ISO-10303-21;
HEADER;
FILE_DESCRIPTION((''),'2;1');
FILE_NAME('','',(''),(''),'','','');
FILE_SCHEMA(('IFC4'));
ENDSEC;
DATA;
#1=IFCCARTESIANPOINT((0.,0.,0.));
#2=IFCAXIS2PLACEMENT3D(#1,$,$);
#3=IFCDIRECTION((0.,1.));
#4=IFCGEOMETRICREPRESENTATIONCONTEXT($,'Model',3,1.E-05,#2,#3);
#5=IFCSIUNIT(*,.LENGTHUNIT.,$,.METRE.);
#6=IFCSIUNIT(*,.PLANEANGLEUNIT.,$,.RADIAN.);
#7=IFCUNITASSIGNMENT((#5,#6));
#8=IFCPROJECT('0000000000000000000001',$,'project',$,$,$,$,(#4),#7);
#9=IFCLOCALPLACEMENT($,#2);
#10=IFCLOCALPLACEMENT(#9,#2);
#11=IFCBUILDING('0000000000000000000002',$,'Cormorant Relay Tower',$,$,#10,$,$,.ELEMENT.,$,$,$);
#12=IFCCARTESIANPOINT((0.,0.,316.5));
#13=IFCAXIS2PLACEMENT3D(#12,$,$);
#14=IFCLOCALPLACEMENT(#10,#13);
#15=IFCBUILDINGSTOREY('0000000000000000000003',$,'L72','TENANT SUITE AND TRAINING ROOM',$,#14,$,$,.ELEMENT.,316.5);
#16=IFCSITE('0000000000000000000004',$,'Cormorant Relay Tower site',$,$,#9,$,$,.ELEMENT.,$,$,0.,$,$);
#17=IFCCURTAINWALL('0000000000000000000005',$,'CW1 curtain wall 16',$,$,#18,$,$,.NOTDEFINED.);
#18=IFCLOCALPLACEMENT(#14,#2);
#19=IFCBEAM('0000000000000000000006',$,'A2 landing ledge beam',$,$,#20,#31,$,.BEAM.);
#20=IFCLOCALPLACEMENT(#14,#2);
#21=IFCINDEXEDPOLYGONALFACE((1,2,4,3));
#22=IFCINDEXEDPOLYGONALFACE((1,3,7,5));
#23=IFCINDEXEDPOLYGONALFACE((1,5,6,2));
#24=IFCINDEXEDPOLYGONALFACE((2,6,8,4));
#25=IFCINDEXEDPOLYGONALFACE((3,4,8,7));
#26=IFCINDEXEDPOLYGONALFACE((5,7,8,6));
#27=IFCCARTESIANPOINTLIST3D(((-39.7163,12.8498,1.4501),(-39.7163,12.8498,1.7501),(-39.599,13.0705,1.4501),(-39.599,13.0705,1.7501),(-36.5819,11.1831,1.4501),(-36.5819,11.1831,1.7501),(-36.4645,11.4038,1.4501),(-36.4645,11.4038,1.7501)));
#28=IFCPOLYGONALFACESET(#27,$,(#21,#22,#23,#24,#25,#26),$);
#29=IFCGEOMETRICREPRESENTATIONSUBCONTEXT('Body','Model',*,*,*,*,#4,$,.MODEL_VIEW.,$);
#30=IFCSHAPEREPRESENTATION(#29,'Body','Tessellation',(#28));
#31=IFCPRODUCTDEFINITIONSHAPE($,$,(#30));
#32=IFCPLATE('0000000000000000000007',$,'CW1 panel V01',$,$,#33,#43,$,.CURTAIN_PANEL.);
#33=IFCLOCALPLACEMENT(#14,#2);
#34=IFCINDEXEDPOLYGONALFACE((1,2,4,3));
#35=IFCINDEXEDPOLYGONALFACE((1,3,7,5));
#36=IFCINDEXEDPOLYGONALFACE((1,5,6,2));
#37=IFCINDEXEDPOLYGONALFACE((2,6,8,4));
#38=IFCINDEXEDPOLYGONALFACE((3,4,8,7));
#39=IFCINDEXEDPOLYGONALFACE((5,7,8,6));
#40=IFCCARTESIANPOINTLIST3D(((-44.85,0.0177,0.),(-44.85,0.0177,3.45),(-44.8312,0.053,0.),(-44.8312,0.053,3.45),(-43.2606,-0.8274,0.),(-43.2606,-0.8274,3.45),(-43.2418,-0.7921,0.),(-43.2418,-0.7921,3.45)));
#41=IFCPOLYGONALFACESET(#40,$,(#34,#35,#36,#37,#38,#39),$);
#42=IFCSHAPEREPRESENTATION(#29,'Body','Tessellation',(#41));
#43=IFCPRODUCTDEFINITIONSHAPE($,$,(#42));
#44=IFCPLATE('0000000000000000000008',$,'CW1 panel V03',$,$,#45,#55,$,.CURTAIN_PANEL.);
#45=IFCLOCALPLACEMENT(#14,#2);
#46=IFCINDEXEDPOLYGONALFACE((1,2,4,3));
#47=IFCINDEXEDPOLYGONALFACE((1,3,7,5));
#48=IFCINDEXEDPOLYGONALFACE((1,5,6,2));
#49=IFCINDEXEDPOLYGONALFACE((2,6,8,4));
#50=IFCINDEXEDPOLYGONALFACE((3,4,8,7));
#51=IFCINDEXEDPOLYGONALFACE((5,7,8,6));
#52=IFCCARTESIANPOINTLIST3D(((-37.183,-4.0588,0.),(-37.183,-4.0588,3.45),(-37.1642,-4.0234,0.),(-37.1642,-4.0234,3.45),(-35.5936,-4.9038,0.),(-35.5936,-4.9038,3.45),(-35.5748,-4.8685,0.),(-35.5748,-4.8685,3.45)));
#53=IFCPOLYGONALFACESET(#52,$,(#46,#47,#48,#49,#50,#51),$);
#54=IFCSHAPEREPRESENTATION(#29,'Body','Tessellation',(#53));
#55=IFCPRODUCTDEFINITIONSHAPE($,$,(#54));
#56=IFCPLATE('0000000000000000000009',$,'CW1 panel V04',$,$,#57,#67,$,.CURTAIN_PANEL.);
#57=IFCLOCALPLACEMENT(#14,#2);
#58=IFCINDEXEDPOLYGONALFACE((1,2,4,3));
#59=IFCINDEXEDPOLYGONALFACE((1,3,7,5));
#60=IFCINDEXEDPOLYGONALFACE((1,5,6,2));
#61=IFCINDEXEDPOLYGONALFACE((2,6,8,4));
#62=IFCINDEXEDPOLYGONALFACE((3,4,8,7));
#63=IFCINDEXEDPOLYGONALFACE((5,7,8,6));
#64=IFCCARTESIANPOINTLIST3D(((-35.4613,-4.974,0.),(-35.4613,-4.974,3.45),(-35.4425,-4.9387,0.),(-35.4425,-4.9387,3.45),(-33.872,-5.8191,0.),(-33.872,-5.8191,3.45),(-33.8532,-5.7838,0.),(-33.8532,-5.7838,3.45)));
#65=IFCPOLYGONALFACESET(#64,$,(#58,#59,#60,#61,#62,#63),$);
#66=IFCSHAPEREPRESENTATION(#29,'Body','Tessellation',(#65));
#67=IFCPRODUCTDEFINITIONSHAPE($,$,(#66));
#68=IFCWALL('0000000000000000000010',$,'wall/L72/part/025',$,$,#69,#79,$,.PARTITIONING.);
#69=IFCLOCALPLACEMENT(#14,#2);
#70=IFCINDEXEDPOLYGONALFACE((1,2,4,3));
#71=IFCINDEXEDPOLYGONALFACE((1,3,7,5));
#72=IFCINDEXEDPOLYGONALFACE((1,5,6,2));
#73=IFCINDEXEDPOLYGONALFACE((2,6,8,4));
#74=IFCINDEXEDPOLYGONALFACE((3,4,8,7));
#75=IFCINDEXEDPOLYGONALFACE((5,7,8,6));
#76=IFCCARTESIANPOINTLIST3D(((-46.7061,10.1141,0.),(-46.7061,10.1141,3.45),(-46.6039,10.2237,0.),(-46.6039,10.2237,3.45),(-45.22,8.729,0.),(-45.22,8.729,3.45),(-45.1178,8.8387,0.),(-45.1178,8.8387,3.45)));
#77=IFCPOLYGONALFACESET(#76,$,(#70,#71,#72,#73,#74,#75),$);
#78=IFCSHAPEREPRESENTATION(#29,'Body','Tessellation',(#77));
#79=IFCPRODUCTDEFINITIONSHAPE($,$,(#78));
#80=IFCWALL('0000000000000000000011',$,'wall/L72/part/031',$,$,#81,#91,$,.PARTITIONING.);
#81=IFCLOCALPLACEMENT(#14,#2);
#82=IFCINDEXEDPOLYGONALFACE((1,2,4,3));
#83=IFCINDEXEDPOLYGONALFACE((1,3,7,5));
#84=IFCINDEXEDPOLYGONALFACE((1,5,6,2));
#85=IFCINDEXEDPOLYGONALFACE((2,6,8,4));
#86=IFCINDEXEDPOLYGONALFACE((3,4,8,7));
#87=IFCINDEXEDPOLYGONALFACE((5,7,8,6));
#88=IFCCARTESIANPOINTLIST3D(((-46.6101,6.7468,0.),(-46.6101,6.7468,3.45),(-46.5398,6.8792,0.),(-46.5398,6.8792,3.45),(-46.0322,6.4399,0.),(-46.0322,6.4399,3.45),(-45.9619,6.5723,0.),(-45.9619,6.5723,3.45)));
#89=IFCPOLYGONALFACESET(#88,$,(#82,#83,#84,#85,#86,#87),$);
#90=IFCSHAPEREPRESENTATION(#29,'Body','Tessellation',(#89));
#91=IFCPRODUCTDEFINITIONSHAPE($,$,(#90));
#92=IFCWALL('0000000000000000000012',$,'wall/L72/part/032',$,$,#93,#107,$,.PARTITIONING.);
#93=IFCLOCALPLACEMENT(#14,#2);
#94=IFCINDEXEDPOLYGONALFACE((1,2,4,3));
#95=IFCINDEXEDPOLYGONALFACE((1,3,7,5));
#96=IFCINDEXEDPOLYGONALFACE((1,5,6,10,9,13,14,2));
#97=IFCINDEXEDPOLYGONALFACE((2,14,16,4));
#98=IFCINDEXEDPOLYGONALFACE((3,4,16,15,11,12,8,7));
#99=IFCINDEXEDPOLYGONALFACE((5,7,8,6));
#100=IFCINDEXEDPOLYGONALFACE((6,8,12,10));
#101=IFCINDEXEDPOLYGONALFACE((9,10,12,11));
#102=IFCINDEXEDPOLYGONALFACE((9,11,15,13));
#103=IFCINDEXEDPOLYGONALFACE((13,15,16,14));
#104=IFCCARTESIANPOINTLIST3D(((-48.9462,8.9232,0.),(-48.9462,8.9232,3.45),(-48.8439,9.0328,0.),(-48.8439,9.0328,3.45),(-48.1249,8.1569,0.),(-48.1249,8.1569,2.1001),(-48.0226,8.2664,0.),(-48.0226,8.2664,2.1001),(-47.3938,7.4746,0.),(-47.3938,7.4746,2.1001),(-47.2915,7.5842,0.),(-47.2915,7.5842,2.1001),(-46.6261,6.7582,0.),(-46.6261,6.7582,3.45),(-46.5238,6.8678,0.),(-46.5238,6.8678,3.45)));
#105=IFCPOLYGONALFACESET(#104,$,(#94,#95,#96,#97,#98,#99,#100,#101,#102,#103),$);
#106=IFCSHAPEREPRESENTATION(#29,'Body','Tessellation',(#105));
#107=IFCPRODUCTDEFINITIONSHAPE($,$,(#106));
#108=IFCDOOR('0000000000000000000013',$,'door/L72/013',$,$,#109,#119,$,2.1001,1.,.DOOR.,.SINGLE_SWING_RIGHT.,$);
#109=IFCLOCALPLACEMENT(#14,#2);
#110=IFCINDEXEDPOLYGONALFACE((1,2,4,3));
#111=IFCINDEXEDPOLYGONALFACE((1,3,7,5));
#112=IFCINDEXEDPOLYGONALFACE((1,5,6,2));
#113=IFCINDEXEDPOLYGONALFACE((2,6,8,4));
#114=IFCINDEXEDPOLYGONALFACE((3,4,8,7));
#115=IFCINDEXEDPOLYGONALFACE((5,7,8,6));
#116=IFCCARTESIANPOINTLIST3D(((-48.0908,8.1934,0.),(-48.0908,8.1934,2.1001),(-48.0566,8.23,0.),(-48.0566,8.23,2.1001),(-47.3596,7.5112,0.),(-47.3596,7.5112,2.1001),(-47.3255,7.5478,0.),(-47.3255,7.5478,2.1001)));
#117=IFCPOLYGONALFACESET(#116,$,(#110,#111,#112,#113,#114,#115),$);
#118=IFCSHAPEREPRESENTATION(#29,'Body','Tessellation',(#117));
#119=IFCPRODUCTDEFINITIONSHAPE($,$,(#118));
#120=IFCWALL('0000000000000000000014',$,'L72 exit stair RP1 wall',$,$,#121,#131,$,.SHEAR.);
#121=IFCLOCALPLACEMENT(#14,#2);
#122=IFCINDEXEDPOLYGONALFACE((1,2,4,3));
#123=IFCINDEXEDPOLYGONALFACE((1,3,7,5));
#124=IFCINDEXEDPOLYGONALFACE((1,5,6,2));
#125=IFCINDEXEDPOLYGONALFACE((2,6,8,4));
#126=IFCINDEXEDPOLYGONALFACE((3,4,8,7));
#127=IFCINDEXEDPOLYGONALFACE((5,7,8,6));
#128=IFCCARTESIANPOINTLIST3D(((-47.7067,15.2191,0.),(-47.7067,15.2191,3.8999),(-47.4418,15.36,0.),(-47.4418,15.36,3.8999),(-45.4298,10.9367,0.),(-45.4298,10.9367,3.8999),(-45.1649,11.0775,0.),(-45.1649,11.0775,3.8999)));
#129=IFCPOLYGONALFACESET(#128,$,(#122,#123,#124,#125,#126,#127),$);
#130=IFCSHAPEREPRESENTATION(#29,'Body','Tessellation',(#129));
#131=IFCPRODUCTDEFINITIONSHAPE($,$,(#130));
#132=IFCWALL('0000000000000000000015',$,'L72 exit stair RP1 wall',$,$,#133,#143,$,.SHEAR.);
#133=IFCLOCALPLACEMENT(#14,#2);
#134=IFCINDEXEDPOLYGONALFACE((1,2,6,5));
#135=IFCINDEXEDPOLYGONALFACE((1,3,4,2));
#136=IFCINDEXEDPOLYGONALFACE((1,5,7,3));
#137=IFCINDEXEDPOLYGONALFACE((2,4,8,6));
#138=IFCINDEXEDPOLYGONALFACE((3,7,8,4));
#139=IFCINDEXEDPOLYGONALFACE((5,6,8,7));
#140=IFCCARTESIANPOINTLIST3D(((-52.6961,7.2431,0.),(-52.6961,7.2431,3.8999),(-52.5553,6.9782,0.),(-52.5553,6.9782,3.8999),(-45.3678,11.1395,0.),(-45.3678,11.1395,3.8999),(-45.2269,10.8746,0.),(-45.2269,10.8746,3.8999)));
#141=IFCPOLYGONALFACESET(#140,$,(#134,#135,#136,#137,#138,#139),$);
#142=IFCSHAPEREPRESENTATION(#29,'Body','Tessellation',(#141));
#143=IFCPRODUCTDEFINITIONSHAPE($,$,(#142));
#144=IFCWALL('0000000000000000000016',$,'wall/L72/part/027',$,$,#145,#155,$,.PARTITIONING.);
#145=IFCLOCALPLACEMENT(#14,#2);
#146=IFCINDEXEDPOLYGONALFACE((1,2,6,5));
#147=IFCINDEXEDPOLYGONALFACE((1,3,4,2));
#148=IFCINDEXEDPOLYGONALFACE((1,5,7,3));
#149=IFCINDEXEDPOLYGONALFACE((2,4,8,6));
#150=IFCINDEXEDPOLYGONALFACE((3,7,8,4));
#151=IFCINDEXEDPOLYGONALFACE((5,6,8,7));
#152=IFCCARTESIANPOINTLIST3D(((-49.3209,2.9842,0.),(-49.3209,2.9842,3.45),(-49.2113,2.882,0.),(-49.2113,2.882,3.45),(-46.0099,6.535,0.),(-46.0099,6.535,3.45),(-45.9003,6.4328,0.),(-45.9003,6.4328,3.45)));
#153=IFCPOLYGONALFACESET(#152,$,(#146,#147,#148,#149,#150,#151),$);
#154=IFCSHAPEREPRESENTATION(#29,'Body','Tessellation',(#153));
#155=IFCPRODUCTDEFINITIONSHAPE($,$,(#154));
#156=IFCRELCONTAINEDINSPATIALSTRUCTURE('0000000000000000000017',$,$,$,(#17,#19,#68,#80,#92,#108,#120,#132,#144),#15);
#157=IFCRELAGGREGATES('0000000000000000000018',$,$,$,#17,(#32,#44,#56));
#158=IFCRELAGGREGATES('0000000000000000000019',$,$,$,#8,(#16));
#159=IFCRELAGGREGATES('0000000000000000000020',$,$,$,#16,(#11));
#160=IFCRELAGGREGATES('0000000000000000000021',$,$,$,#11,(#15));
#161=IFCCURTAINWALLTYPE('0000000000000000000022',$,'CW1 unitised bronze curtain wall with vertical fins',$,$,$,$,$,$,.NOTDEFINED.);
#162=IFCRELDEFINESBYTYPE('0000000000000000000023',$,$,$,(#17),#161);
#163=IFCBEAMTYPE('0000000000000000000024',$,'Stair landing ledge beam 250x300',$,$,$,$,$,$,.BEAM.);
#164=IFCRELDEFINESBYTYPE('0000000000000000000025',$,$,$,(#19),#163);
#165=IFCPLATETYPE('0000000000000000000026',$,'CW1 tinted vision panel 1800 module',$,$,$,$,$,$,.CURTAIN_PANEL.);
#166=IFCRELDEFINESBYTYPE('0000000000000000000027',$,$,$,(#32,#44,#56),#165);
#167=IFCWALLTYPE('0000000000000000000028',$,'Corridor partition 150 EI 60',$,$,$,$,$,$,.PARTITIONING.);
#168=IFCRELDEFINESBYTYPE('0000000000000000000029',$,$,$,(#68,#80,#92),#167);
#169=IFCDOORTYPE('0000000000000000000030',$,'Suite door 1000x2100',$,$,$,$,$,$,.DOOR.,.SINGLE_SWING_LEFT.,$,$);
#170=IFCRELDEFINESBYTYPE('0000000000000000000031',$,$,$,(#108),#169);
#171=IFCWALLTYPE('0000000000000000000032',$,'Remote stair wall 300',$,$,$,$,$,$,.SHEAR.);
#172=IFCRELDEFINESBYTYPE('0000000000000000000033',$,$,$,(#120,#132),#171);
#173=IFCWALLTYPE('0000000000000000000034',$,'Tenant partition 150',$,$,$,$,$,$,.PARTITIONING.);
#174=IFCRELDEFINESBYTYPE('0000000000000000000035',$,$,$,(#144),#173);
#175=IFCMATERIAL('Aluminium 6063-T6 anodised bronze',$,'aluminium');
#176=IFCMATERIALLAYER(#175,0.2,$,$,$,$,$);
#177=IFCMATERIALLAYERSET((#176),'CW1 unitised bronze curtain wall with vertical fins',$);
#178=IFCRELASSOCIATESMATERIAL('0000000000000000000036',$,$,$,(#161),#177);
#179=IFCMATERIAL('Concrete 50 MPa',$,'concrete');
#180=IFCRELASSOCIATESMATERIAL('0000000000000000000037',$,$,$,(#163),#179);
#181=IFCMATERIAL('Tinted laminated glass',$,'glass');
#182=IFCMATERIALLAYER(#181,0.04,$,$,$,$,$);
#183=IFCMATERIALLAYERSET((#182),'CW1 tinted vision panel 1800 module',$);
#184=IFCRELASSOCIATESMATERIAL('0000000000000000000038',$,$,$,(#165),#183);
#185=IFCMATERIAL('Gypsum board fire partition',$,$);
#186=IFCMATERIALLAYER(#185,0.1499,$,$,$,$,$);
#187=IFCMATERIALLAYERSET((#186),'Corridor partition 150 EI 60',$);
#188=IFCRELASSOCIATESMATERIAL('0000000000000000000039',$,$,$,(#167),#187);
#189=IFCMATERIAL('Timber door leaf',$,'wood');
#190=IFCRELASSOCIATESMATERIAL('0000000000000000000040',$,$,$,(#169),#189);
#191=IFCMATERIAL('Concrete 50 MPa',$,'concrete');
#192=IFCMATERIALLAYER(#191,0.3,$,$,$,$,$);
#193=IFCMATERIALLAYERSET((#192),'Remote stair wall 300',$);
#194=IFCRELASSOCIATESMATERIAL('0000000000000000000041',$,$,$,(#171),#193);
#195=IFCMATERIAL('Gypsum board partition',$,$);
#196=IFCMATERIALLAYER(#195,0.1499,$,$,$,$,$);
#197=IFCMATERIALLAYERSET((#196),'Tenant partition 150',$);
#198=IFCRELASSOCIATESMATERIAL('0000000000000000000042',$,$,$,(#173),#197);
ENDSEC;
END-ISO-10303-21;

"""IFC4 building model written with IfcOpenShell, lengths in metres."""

from ifc_helpers import new_model, si_unit, direction, frame, frame_2d, origin, origin_2d, place, context, subcontext, project, spatial, rectangle, extrude, material, layer, layer_set, material_profile, profile_set, type_object, element, fill, aggregate, save


model = new_model("IFC4")

# Units and contexts
model_context = context("Model", 3, precision=1e-05, world=origin(), true_north=direction((0.0, 1.0)))
body_context = subcontext(model_context, "Body", "Model", "MODEL_VIEW")
ifc_project = project(units=[si_unit("LENGTHUNIT", "METRE"), si_unit("PLANEANGLEUNIT", "RADIAN")], contexts=[model_context])

# Site, building, storey
site_placement = place(None, origin())
site = spatial("IfcSite", under=ifc_project, at=site_placement, Name="Cormorant Relay Tower site", CompositionType="ELEMENT", RefElevation=0.0)
building_placement = place(site_placement, origin())
building = spatial("IfcBuilding", under=site, at=building_placement, Name="Cormorant Relay Tower", CompositionType="ELEMENT")
storey_placement = place(building_placement, frame((0.0, 0.0, 316.5)))
storey = spatial("IfcBuildingStorey", under=building, at=storey_placement, Name="L72", Description="TENANT SUITE AND TRAINING ROOM", CompositionType="ELEMENT", Elevation=316.5)

# Curtain wall
ifc_material_1 = material(Name="Aluminium 6063-T6 anodised bronze", Category="aluminium")
ifc_layer_1 = layer(ifc_material_1, 0.2)
ifc_layer_set_1 = layer_set([ifc_layer_1], Name="CW1 unitised bronze curtain wall with vertical fins")
curtain_wall_type = type_object("IfcCurtainWallType", Name="CW1 unitised bronze curtain wall with vertical fins", PredefinedType="NOTDEFINED", material=ifc_layer_set_1)
curtain_wall_placement = place(storey_placement, origin())
curtain_wall = element("IfcCurtainWall", 1, at=curtain_wall_placement, inside=storey, type_object=curtain_wall_type, Name="CW1 curtain wall 16", PredefinedType="NOTDEFINED")

# Beam
ifc_material_2 = material(Name="Concrete 50 MPa", Category="concrete")
ifc_material_profile_1 = material_profile(ifc_material_2, rectangle(XDim=0.25, YDim=0.3, at=origin_2d()), Name="RC 250x300")
ifc_profile_set_1 = profile_set([ifc_material_profile_1], Name="Concrete 50 MPa")
beam_type = type_object("IfcBeamType", Name="Stair landing ledge beam 250x300", PredefinedType="BEAM", material=ifc_profile_set_1)
beam_placement = place(storey_placement, frame((-36.5232, 11.2935, 1.6001), z_axis=(-0.882937, 0.469492, 0.0), x_axis=(-0.469492, -0.882937, 0.0)))
element("IfcBeam", 2, at=beam_placement, inside=storey, type_object=beam_type, Name="A2 landing ledge beam", PredefinedType="BEAM", context=body_context, shape_type="SweptSolid", body=[
    extrude(rectangle(XDim=0.25, YDim=0.3, at=origin_2d()), origin(), (0.0, 0.0, 1.0), 3.55),
])

# Plates
ifc_material_3 = material(Name="Tinted laminated glass", Category="glass")
ifc_layer_2 = layer(ifc_material_3, 0.04)
ifc_layer_set_2 = layer_set([ifc_layer_2], Name="CW1 tinted vision panel 1800 module")
plate_type = type_object("IfcPlateType", Name="CW1 tinted vision panel 1800 module", PredefinedType="CURTAIN_PANEL", material=ifc_layer_set_2)
plate_1_placement = place(storey_placement, frame((-44.0459, -0.3872, 0.0), z_axis=(0.0, 0.0, 1.0), x_axis=(0.882948, -0.469472, 0.0)))
plate_1 = element("IfcPlate", 3, at=plate_1_placement, type_object=plate_type, Name="CW1 panel V01", PredefinedType="CURTAIN_PANEL", context=body_context, shape_type="SweptSolid", body=[
    extrude(rectangle(XDim=1.8, YDim=0.04, at=origin_2d()), origin(), (0.0, 0.0, 1.0), 3.45),
])
plate_2_placement = place(storey_placement, frame((-36.3789, -4.4636, 0.0), z_axis=(0.0, 0.0, 1.0), x_axis=(0.882948, -0.469472, 0.0)))
plate_2 = element("IfcPlate", 4, at=plate_2_placement, type_object=plate_type, Name="CW1 panel V03", PredefinedType="CURTAIN_PANEL", context=body_context, shape_type="SweptSolid", body=[
    extrude(rectangle(XDim=1.8, YDim=0.04, at=origin_2d()), origin(), (0.0, 0.0, 1.0), 3.45),
])
plate_3_placement = place(storey_placement, frame((-34.6572, -5.3789, 0.0), z_axis=(0.0, 0.0, 1.0), x_axis=(0.882948, -0.469472, 0.0)))
plate_3 = element("IfcPlate", 5, at=plate_3_placement, type_object=plate_type, Name="CW1 panel V04", PredefinedType="CURTAIN_PANEL", context=body_context, shape_type="SweptSolid", body=[
    extrude(rectangle(XDim=1.8, YDim=0.04, at=origin_2d()), origin(), (0.0, 0.0, 1.0), 3.45),
])

# Walls
ifc_material_4 = material(Name="Gypsum board fire partition")
ifc_layer_3 = layer(ifc_material_4, 0.1499)
ifc_layer_set_3 = layer_set([ifc_layer_3], Name="Corridor partition 150 EI 60")
wall_type_1 = type_object("IfcWallType", Name="Corridor partition 150 EI 60", PredefinedType="PARTITIONING", material=ifc_layer_set_3)
wall_1_placement = place(storey_placement, frame((-45.1689, 8.7839, 0.0), z_axis=(0.0, 0.0, 1.0), x_axis=(-0.731547, 0.681791, 0.0)))
element("IfcWall", 6, at=wall_1_placement, inside=storey, type_object=wall_type_1, Name="wall/L72/part/025", PredefinedType="PARTITIONING", context=body_context, shape_type="SweptSolid", body=[
    extrude(rectangle(XDim=2.0315, YDim=0.1499, at=frame_2d((1.0156, 0.0))), origin(), (0.0, 0.0, 1.0), 3.45),
])
wall_2_placement = place(storey_placement, frame((-45.9971, 6.5061, 0.0), z_axis=(0.0, 0.0, 1.0), x_axis=(-0.883188, 0.469019, 0.0)))
element("IfcWall", 7, at=wall_2_placement, inside=storey, type_object=wall_type_1, Name="wall/L72/part/031", PredefinedType="PARTITIONING", context=body_context, shape_type="SweptSolid", body=[
    extrude(rectangle(XDim=0.6543, YDim=0.1499, at=frame_2d((0.3271, 0.0))), origin(), (0.0, 0.0, 1.0), 3.45),
])

# Wall, opening, door
wall_3_placement = place(storey_placement, frame((-46.575, 6.813, 0.0), z_axis=(0.0, 0.0, 1.0), x_axis=(-0.731112, 0.682258, 0.0)))
wall_3 = element("IfcWall", 8, at=wall_3_placement, inside=storey, type_object=wall_type_1, Name="wall/L72/part/032", PredefinedType="PARTITIONING", context=body_context, shape_type="SweptSolid", body=[
    extrude(rectangle(XDim=3.1733, YDim=0.1499, at=frame_2d((1.5867, 0.0))), origin(), (0.0, 0.0, 1.0), 3.45),
])
opening_placement = place(wall_3_placement, frame((1.05, 0.0, 0.0)))
opening = element("IfcOpeningElement", 9, at=opening_placement, cuts=wall_3, PredefinedType="OPENING", context=body_context, shape_type="SweptSolid", body=[
    extrude(rectangle(XDim=1.0, YDim=2.1001, at=frame_2d((0.5, 1.05))), frame((0.0, 0.085, 0.0), z_axis=(0.0, -1.0, 0.0), x_axis=(1.0, 0.0, 0.0)), (0.0, 0.0, 1.0), 0.1699),
])
ifc_material_5 = material(Name="Timber door leaf", Category="wood")
door_type = type_object("IfcDoorType", Name="Suite door 1000x2100", OperationType="SINGLE_SWING_LEFT", PredefinedType="DOOR", material=ifc_material_5)
door_placement = place(opening_placement, origin())
door = element("IfcDoor", 10, at=door_placement, inside=storey, type_object=door_type, Name="door/L72/013", OperationType="SINGLE_SWING_RIGHT", OverallHeight=2.1001, OverallWidth=1.0, PredefinedType="DOOR", context=body_context, shape_type="SweptSolid", body=[
    extrude(rectangle(XDim=1.0, YDim=2.1001, at=frame_2d((0.5, 1.05))), frame((0.0, 0.0249, 0.0), z_axis=(0.0, -1.0, 0.0), x_axis=(1.0, 0.0, 0.0)), (0.0, 0.0, 1.0), 0.05),
])
fill(opening, door)

# Walls
ifc_material_6 = material(Name="Concrete 50 MPa", Category="concrete")
ifc_layer_4 = layer(ifc_material_6, 0.3)
ifc_layer_set_4 = layer_set([ifc_layer_4], Name="Remote stair wall 300")
wall_type_2 = type_object("IfcWallType", Name="Remote stair wall 300", PredefinedType="SHEAR", material=ifc_layer_set_4)
wall_4_placement = place(storey_placement, frame((-47.5742, 15.2896, 0.0), z_axis=(0.0, 0.0, 1.0), x_axis=(0.469443, -0.882963, 0.0)))
element("IfcWall", 11, at=wall_4_placement, inside=storey, type_object=wall_type_2, Name="L72 exit stair RP1 wall", PredefinedType="SHEAR", context=body_context, shape_type="SweptSolid", body=[
    extrude(rectangle(XDim=4.8501, YDim=0.3, at=frame_2d((2.425, 0.0))), origin(), (0.0, 0.0, 1.0), 3.8999),
])
wall_5_placement = place(storey_placement, frame((-45.2974, 11.0071, 0.0), z_axis=(0.0, 0.0, 1.0), x_axis=(-0.882952, -0.469464, 0.0)))
element("IfcWall", 12, at=wall_5_placement, inside=storey, type_object=wall_type_2, Name="L72 exit stair RP1 wall", PredefinedType="SHEAR", context=body_context, shape_type="SweptSolid", body=[
    extrude(rectangle(XDim=8.2998, YDim=0.3, at=frame_2d((4.1499, 0.0))), origin(), (0.0, 0.0, 1.0), 3.8999),
])
ifc_material_7 = material(Name="Gypsum board partition")
ifc_layer_5 = layer(ifc_material_7, 0.1499)
ifc_layer_set_5 = layer_set([ifc_layer_5], Name="Tenant partition 150")
wall_type_3 = type_object("IfcWallType", Name="Tenant partition 150", PredefinedType="PARTITIONING", material=ifc_layer_set_5)
wall_6_placement = place(storey_placement, frame((-45.9551, 6.4839, 0.0), z_axis=(0.0, 0.0, 1.0), x_axis=(-0.681985, -0.731366, 0.0)))
element("IfcWall", 13, at=wall_6_placement, inside=storey, type_object=wall_type_3, Name="wall/L72/part/027", PredefinedType="PARTITIONING", context=body_context, shape_type="SweptSolid", body=[
    extrude(rectangle(XDim=4.855, YDim=0.1499, at=frame_2d((2.4275, 0.0))), origin(), (0.0, 0.0, 1.0), 3.45),
])

aggregate(curtain_wall, [plate_1, plate_2, plate_3])

save(model, "model.ifc")
